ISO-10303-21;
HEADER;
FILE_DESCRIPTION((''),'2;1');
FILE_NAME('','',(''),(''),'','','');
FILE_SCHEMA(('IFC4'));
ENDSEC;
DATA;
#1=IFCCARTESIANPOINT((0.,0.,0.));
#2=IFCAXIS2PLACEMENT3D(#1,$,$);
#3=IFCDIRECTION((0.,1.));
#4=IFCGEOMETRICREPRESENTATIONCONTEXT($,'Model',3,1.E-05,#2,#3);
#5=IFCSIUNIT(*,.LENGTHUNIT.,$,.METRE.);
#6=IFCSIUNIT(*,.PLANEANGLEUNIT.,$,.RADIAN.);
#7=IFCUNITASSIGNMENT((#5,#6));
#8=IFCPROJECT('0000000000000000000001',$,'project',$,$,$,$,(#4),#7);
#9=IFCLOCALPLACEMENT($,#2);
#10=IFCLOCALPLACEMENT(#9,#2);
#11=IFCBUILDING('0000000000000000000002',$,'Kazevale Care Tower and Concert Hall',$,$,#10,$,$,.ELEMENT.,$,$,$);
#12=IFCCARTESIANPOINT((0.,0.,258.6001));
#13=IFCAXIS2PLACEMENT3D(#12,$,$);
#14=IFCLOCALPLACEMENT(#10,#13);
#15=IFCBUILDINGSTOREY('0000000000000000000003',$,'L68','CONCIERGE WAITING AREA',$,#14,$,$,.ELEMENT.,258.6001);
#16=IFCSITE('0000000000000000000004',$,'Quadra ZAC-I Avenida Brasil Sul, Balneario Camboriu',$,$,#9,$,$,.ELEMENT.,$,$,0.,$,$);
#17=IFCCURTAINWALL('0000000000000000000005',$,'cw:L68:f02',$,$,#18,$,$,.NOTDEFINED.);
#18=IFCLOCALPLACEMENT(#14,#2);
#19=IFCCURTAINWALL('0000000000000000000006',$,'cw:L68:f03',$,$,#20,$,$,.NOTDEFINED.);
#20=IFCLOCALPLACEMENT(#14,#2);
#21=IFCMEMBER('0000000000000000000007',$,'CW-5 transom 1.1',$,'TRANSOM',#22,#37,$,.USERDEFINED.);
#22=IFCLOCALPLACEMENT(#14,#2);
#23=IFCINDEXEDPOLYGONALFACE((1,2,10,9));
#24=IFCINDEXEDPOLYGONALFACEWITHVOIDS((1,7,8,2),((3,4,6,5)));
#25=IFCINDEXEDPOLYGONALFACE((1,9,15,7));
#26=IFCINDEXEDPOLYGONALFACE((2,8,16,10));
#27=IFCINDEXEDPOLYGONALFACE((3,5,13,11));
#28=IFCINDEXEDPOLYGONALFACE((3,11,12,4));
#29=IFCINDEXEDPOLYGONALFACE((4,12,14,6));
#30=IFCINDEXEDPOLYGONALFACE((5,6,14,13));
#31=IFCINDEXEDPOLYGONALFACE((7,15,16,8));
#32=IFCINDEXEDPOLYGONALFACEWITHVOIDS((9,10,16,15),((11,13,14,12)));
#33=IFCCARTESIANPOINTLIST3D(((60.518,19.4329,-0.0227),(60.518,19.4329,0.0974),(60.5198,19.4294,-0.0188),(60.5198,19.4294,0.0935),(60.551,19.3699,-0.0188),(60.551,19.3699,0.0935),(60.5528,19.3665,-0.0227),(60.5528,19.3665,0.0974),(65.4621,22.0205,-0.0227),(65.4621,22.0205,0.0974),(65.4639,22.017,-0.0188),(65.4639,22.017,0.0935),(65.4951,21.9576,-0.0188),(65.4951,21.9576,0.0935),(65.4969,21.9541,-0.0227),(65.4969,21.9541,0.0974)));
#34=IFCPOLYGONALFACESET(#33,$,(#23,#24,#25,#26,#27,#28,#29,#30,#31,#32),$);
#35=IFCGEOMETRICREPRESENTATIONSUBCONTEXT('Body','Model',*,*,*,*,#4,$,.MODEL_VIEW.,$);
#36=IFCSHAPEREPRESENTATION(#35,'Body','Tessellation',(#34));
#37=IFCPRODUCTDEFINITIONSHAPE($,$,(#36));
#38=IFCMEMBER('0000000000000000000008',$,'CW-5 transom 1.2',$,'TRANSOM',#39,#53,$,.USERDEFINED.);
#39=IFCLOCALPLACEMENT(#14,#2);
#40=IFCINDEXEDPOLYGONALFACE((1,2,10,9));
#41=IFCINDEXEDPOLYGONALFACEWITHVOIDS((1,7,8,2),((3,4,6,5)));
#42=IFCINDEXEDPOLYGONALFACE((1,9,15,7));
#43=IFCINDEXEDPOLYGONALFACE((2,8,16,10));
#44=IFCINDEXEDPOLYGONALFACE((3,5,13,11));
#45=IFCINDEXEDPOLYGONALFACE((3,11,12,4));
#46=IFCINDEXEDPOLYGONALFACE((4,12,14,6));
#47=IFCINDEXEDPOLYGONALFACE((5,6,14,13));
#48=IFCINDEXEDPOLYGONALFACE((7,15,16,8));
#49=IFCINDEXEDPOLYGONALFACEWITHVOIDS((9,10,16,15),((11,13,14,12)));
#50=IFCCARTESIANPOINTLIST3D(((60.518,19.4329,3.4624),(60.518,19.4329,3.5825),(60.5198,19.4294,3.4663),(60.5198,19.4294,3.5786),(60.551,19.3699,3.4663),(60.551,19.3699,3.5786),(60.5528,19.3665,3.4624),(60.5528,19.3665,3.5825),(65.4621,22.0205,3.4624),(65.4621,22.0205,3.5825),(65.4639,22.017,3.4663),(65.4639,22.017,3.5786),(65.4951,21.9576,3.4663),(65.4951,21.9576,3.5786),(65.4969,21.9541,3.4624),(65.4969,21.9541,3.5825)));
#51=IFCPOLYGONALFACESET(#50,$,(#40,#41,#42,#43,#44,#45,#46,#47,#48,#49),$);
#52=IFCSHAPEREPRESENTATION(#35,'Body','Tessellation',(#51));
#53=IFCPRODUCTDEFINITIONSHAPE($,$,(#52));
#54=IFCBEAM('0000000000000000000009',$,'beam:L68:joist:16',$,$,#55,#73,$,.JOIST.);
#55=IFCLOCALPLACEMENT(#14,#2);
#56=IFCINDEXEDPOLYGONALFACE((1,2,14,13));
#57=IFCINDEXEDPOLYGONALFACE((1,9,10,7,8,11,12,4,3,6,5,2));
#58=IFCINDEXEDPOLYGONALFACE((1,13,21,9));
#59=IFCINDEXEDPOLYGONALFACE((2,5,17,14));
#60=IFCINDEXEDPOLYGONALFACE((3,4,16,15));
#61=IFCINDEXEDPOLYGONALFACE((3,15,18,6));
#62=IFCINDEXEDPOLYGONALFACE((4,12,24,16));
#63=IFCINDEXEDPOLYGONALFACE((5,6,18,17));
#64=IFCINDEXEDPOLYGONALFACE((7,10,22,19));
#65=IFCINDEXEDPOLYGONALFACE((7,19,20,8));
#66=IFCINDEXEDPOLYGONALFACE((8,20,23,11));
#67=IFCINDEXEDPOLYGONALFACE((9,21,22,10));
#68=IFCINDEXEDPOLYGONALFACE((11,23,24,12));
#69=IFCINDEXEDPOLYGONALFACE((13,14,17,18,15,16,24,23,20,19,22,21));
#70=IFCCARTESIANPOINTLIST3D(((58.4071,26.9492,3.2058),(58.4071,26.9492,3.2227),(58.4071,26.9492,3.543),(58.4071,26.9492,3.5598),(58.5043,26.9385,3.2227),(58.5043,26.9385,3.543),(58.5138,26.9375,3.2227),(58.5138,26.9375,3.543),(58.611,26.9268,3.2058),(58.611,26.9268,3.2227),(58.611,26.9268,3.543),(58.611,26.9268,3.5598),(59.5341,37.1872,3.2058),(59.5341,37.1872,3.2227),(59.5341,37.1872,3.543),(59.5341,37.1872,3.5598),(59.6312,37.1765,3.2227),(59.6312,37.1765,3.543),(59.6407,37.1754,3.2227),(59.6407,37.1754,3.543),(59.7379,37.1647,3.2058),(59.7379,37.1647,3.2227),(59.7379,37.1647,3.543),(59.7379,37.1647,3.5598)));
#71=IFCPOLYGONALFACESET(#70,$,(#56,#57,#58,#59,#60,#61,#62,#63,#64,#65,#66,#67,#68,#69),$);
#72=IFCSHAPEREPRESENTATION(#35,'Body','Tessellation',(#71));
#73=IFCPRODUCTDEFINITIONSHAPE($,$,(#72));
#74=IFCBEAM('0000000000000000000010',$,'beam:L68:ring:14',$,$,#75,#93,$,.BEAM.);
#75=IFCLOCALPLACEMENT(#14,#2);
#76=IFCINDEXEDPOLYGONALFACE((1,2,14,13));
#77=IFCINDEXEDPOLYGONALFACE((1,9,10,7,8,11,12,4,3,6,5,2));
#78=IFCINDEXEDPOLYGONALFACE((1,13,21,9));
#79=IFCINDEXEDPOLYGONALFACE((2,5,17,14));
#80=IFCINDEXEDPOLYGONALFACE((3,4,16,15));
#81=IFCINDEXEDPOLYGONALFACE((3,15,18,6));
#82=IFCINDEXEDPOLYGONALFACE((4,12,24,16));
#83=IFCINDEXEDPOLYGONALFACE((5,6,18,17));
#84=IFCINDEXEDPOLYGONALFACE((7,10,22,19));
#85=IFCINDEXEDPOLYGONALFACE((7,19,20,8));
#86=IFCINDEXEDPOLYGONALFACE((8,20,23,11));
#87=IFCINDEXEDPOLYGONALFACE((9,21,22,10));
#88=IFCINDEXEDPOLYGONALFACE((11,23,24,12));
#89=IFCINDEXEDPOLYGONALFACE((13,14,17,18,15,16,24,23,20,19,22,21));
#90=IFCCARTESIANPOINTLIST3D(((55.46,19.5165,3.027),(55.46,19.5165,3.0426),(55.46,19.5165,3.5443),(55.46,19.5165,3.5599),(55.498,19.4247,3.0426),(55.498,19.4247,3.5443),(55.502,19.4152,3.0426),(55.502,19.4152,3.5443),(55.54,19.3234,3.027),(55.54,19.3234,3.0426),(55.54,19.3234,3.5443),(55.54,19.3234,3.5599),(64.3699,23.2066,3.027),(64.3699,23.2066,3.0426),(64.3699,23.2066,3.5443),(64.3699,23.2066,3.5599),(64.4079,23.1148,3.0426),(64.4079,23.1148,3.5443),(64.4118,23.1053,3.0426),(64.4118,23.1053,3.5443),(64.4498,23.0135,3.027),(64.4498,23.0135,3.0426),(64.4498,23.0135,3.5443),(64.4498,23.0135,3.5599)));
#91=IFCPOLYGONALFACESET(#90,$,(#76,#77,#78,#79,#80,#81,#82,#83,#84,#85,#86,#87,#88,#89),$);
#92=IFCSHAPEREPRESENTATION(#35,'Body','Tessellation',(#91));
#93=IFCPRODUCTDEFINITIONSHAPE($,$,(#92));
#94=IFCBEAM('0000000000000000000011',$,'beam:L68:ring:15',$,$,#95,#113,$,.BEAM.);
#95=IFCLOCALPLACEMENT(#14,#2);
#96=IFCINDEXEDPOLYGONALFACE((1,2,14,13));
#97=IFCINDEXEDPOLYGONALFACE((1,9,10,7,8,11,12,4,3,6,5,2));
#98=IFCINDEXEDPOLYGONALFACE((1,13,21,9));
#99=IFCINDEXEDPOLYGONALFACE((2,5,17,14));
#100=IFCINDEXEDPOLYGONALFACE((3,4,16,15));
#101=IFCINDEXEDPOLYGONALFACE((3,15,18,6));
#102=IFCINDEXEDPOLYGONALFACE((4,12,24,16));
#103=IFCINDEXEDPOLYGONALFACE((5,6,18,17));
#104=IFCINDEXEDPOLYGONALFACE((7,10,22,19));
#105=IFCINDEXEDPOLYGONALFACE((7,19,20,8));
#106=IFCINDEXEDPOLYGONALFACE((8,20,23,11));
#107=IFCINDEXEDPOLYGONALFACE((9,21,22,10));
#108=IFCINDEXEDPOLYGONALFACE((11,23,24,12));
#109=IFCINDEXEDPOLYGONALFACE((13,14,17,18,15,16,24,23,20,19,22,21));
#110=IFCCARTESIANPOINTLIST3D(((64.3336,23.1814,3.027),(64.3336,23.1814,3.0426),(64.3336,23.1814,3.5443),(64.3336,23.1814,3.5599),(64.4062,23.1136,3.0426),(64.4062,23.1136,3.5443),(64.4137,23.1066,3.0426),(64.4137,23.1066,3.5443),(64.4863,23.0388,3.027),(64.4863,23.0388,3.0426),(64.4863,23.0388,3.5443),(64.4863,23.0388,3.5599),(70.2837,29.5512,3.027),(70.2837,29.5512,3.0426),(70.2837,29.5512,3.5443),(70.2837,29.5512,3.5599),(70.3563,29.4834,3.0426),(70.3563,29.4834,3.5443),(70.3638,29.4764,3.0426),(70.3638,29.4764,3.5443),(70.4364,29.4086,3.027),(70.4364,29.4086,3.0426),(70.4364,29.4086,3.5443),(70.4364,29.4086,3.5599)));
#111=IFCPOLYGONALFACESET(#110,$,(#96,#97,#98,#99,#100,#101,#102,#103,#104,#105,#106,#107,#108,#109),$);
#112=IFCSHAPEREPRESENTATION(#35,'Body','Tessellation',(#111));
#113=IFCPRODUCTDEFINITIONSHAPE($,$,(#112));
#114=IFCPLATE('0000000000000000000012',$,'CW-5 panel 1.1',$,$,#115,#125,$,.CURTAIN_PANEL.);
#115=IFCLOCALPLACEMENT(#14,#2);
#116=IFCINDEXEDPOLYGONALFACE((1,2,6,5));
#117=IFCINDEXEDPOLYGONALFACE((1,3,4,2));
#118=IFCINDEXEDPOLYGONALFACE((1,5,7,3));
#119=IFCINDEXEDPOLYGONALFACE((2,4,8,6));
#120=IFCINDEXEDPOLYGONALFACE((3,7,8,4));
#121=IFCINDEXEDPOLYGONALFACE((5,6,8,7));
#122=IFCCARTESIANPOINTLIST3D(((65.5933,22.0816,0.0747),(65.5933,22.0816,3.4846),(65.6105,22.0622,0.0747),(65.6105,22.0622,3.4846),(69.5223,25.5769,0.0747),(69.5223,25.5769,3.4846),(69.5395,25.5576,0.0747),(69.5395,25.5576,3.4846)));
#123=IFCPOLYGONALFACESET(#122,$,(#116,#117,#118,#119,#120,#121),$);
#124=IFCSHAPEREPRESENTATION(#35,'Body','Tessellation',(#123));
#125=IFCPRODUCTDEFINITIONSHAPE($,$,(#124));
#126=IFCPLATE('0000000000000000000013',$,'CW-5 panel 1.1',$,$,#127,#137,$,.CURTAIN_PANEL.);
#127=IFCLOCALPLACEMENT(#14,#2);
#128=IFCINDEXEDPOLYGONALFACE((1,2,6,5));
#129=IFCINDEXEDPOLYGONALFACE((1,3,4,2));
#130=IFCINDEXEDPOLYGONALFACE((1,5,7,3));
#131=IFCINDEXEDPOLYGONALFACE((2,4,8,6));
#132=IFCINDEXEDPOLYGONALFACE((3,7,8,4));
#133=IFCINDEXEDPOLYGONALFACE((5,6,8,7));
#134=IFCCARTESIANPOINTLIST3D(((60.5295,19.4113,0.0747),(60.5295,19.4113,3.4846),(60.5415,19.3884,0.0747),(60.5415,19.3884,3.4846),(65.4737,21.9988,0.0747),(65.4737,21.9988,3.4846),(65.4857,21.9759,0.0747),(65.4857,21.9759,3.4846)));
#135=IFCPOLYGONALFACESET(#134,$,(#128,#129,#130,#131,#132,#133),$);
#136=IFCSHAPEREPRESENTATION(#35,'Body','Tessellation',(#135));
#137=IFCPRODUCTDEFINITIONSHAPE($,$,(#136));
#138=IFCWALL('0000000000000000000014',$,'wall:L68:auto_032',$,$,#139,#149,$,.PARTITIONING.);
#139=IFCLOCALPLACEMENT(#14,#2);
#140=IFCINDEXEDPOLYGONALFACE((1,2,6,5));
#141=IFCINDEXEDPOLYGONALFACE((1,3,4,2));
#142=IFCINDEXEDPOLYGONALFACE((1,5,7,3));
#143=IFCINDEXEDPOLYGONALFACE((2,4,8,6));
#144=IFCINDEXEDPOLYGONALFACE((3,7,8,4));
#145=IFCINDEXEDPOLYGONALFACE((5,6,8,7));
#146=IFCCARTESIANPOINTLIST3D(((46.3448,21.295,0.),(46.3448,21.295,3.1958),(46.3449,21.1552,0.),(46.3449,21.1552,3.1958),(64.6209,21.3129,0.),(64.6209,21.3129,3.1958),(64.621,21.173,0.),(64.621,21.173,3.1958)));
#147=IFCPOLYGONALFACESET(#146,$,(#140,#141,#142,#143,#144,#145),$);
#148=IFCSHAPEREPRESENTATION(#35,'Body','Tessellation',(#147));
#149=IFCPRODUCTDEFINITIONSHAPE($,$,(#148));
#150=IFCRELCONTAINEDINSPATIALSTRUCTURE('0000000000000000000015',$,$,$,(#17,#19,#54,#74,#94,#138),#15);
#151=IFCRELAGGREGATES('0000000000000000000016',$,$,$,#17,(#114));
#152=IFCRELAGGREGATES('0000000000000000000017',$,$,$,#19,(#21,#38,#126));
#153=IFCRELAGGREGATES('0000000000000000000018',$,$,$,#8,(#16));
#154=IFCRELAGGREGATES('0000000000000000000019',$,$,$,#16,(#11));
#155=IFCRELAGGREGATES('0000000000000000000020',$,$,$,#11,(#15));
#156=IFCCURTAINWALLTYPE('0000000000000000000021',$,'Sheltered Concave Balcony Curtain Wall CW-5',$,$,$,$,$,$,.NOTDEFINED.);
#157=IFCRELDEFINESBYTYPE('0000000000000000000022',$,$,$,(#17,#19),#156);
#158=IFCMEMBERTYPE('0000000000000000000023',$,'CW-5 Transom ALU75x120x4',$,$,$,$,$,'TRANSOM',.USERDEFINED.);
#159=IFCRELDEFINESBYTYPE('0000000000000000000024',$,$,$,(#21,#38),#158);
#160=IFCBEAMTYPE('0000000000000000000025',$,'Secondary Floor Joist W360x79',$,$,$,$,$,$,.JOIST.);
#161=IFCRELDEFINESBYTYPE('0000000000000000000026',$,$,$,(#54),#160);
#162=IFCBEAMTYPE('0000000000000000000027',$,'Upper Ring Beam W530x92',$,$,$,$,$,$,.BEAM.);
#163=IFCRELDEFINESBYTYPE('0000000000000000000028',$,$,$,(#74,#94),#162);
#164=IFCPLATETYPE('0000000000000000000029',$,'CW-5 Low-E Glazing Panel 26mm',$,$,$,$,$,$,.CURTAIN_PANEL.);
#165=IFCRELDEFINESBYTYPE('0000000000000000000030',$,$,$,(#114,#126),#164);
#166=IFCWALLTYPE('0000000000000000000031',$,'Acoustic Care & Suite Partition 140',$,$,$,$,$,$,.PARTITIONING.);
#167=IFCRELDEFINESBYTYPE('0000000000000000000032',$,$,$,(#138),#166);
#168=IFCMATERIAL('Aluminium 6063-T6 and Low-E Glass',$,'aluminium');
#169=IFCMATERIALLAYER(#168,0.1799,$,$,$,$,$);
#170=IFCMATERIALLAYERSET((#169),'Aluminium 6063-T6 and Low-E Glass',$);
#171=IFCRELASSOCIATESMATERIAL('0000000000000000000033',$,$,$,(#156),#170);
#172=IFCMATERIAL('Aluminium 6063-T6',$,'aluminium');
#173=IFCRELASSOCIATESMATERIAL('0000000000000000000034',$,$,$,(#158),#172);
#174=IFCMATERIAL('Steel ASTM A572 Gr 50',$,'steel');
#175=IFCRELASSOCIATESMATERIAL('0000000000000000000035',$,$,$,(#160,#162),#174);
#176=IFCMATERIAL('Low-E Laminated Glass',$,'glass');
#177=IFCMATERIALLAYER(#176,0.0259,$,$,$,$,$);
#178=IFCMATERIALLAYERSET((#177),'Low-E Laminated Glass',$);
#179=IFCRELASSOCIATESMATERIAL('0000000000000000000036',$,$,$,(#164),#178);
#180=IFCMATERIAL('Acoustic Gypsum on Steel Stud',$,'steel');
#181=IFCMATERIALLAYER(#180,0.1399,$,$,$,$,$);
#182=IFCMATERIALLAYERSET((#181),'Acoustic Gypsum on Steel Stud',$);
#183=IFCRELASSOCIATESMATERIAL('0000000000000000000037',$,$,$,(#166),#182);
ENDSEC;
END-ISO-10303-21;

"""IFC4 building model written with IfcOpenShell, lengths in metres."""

from ifc_helpers import new_model, si_unit, direction, frame, frame_2d, origin, origin_2d, place, context, subcontext, project, spatial, rectangle, hollow_rectangle, i_section, extrude, material, layer, layer_set, material_profile, profile_set, type_object, element, aggregate, save


model = new_model("IFC4")

# Units and contexts
model_context = context("Model", 3, precision=1e-05, world=origin(), true_north=direction((0.0, 1.0)))
body_context = subcontext(model_context, "Body", "Model", "MODEL_VIEW")
ifc_project = project(units=[si_unit("LENGTHUNIT", "METRE"), si_unit("PLANEANGLEUNIT", "RADIAN")], contexts=[model_context])

# Site, building, storey
site_placement = place(None, origin())
site = spatial("IfcSite", under=ifc_project, at=site_placement, Name="Quadra ZAC-I Avenida Brasil Sul, Balneario Camboriu", CompositionType="ELEMENT", RefElevation=0.0)
building_placement = place(site_placement, origin())
building = spatial("IfcBuilding", under=site, at=building_placement, Name="Kazevale Care Tower and Concert Hall", CompositionType="ELEMENT")
storey_placement = place(building_placement, frame((0.0, 0.0, 258.6001)))
storey = spatial("IfcBuildingStorey", under=building, at=storey_placement, Name="L68", Description="CONCIERGE WAITING AREA", CompositionType="ELEMENT", Elevation=258.6001)

# Curtain walls
ifc_material_1 = material(Name="Aluminium 6063-T6 and Low-E Glass", Category="aluminium")
ifc_layer_1 = layer(ifc_material_1, 0.1799)
ifc_layer_set_1 = layer_set([ifc_layer_1], Name="Aluminium 6063-T6 and Low-E Glass")
curtain_wall_type = type_object("IfcCurtainWallType", Name="Sheltered Concave Balcony Curtain Wall CW-5", PredefinedType="NOTDEFINED", material=ifc_layer_set_1)
curtain_wall_1_placement = place(storey_placement, origin())
curtain_wall_1 = element("IfcCurtainWall", 1, at=curtain_wall_1_placement, inside=storey, type_object=curtain_wall_type, Name="cw:L68:f02", PredefinedType="NOTDEFINED")
ifc_material_2 = material(Name="Aluminium 6063-T6", Category="aluminium")
curtain_wall_2_placement = place(storey_placement, origin())
curtain_wall_2 = element("IfcCurtainWall", 2, at=curtain_wall_2_placement, inside=storey, type_object=curtain_wall_type, Name="cw:L68:f03", PredefinedType="NOTDEFINED")

# Members
ifc_material_profile_1 = material_profile(ifc_material_2, hollow_rectangle(XDim=0.075, YDim=0.1201, WallThickness=0.0039, at=origin_2d()), Name="ALU75x120x4")
ifc_profile_set_1 = profile_set([ifc_material_profile_1], Name="Aluminium 6063-T6")
member_type_1 = type_object("IfcMemberType", Name="CW-5 Transom ALU75x120x4", ElementType="TRANSOM", PredefinedType="USERDEFINED", material=ifc_profile_set_1)
member_1_placement = place(storey_placement, frame((65.4795, 21.9873, 0.0374), z_axis=(-0.885987, -0.463709, 0.0), x_axis=(0.463709, -0.885987, 0.0)))
member_1 = element("IfcMember", 3, at=member_1_placement, type_object=member_type_1, Name="CW-5 transom 1.1", ObjectType="TRANSOM", PredefinedType="USERDEFINED", context=body_context, shape_type="SweptSolid", body=[
    extrude(hollow_rectangle(XDim=0.075, YDim=0.1201, WallThickness=0.0039, at=origin_2d()), origin(), (0.0, 0.0, 1.0), 5.5803),
])
member_2_placement = place(storey_placement, frame((65.4795, 21.9873, 3.5225), z_axis=(-0.885987, -0.463709, 0.0), x_axis=(0.463709, -0.885987, 0.0)))
member_2 = element("IfcMember", 4, at=member_2_placement, type_object=member_type_1, Name="CW-5 transom 1.2", ObjectType="TRANSOM", PredefinedType="USERDEFINED", context=body_context, shape_type="SweptSolid", body=[
    extrude(hollow_rectangle(XDim=0.075, YDim=0.1201, WallThickness=0.0039, at=origin_2d()), origin(), (0.0, 0.0, 1.0), 5.5803),
])

# Beams
ifc_material_3 = material(Name="Steel ASTM A572 Gr 50", Category="steel")
ifc_material_profile_2 = material_profile(ifc_material_3, i_section(OverallWidth=0.2051, OverallDepth=0.354, WebThickness=0.0095, FlangeThickness=0.0168, at=origin_2d()), Name="W360x79")
ifc_profile_set_2 = profile_set([ifc_material_profile_2], Name="Steel ASTM A572 Gr 50")
beam_type_1 = type_object("IfcBeamType", Name="Secondary Floor Joist W360x79", PredefinedType="JOIST", material=ifc_profile_set_2)
beam_1_placement = place(storey_placement, frame((58.509, 26.938, 3.3828), z_axis=(0.109414, 0.993996, 0.0), x_axis=(-0.993996, 0.109414, 0.0)))
element("IfcBeam", 5, at=beam_1_placement, inside=storey, type_object=beam_type_1, Name="beam:L68:joist:16", PredefinedType="JOIST", context=body_context, shape_type="SweptSolid", body=[
    extrude(i_section(OverallWidth=0.2051, OverallDepth=0.354, WebThickness=0.0095, FlangeThickness=0.0168, at=origin_2d()), origin(), (0.0, 0.0, 1.0), 10.2998),
])
ifc_material_profile_3 = material_profile(ifc_material_3, i_section(OverallWidth=0.209, OverallDepth=0.533, WebThickness=0.0103, FlangeThickness=0.0156, at=origin_2d()), Name="W530x92")
ifc_profile_set_3 = profile_set([ifc_material_profile_3], Name="Steel ASTM A572 Gr 50")
beam_type_2 = type_object("IfcBeamType", Name="Upper Ring Beam W530x92", PredefinedType="BEAM", material=ifc_profile_set_3)
beam_2_placement = place(storey_placement, frame((55.5, 19.4199, 3.2935), z_axis=(0.923895, 0.382646, 0.0), x_axis=(-0.382646, 0.923895, 0.0)))
element("IfcBeam", 6, at=beam_2_placement, inside=storey, type_object=beam_type_2, Name="beam:L68:ring:14", PredefinedType="BEAM", context=body_context, shape_type="SweptSolid", body=[
    extrude(i_section(OverallWidth=0.209, OverallDepth=0.533, WebThickness=0.0103, FlangeThickness=0.0156, at=origin_2d()), origin(), (0.0, 0.0, 1.0), 9.6438),
])
beam_3_placement = place(storey_placement, frame((64.4099, 23.1101, 3.2935), z_axis=(0.682624, 0.73077, 0.0), x_axis=(-0.73077, 0.682624, 0.0)))
element("IfcBeam", 7, at=beam_3_placement, inside=storey, type_object=beam_type_2, Name="beam:L68:ring:15", PredefinedType="BEAM", context=body_context, shape_type="SweptSolid", body=[
    extrude(i_section(OverallWidth=0.209, OverallDepth=0.533, WebThickness=0.0103, FlangeThickness=0.0156, at=origin_2d()), origin(), (0.0, 0.0, 1.0), 8.7166),
])

# Plates
ifc_material_4 = material(Name="Low-E Laminated Glass", Category="glass")
ifc_layer_2 = layer(ifc_material_4, 0.0259)
ifc_layer_set_2 = layer_set([ifc_layer_2], Name="Low-E Laminated Glass")
plate_type = type_object("IfcPlateType", Name="CW-5 Low-E Glazing Panel 26mm", PredefinedType="CURTAIN_PANEL", material=ifc_layer_set_2)
plate_1_placement = place(storey_placement, frame((67.5664, 23.8196, 0.0747), z_axis=(0.0, 0.0, 1.0), x_axis=(-0.747134, -0.664674, 0.0)))
plate_1 = element("IfcPlate", 8, at=plate_1_placement, type_object=plate_type, Name="CW-5 panel 1.1", PredefinedType="CURTAIN_PANEL", context=body_context, shape_type="SweptSolid", body=[
    extrude(rectangle(XDim=5.2588, YDim=0.0259, at=origin_2d()), origin(), (0.0, 0.0, 1.0), 3.4099),
])
aggregate(curtain_wall_1, [plate_1])
plate_2_placement = place(storey_placement, frame((63.0076, 20.6936, 0.0747), z_axis=(0.0, 0.0, 1.0), x_axis=(-0.886002, -0.463681, 0.0)))
plate_2 = element("IfcPlate", 9, at=plate_2_placement, type_object=plate_type, Name="CW-5 panel 1.1", PredefinedType="CURTAIN_PANEL", context=body_context, shape_type="SweptSolid", body=[
    extrude(rectangle(XDim=5.5803, YDim=0.0259, at=origin_2d()), origin(), (0.0, 0.0, 1.0), 3.4099),
])
aggregate(curtain_wall_2, [member_1, member_2, plate_2])

# Wall
ifc_material_5 = material(Name="Acoustic Gypsum on Steel Stud", Category="steel")
ifc_layer_3 = layer(ifc_material_5, 0.1399)
ifc_layer_set_3 = layer_set([ifc_layer_3], Name="Acoustic Gypsum on Steel Stud")
wall_type_1 = type_object("IfcWallType", Name="Acoustic Care & Suite Partition 140", PredefinedType="PARTITIONING", material=ifc_layer_set_3)
wall_1_placement = place(storey_placement, frame((64.6211, 21.2429, 0.0), z_axis=(0.0, 0.0, 1.0), x_axis=(-1.0, -0.000975, 0.0)))
element("IfcWall", 10, at=wall_1_placement, inside=storey, type_object=wall_type_1, Name="wall:L68:auto_032", PredefinedType="PARTITIONING", context=body_context, shape_type="SweptSolid", body=[
    extrude(rectangle(XDim=18.2761, YDim=0.1399, at=frame_2d((9.1382, 0.0))), origin(), (0.0, 0.0, 1.0), 3.1958),
])

save(model, "model.ifc")
